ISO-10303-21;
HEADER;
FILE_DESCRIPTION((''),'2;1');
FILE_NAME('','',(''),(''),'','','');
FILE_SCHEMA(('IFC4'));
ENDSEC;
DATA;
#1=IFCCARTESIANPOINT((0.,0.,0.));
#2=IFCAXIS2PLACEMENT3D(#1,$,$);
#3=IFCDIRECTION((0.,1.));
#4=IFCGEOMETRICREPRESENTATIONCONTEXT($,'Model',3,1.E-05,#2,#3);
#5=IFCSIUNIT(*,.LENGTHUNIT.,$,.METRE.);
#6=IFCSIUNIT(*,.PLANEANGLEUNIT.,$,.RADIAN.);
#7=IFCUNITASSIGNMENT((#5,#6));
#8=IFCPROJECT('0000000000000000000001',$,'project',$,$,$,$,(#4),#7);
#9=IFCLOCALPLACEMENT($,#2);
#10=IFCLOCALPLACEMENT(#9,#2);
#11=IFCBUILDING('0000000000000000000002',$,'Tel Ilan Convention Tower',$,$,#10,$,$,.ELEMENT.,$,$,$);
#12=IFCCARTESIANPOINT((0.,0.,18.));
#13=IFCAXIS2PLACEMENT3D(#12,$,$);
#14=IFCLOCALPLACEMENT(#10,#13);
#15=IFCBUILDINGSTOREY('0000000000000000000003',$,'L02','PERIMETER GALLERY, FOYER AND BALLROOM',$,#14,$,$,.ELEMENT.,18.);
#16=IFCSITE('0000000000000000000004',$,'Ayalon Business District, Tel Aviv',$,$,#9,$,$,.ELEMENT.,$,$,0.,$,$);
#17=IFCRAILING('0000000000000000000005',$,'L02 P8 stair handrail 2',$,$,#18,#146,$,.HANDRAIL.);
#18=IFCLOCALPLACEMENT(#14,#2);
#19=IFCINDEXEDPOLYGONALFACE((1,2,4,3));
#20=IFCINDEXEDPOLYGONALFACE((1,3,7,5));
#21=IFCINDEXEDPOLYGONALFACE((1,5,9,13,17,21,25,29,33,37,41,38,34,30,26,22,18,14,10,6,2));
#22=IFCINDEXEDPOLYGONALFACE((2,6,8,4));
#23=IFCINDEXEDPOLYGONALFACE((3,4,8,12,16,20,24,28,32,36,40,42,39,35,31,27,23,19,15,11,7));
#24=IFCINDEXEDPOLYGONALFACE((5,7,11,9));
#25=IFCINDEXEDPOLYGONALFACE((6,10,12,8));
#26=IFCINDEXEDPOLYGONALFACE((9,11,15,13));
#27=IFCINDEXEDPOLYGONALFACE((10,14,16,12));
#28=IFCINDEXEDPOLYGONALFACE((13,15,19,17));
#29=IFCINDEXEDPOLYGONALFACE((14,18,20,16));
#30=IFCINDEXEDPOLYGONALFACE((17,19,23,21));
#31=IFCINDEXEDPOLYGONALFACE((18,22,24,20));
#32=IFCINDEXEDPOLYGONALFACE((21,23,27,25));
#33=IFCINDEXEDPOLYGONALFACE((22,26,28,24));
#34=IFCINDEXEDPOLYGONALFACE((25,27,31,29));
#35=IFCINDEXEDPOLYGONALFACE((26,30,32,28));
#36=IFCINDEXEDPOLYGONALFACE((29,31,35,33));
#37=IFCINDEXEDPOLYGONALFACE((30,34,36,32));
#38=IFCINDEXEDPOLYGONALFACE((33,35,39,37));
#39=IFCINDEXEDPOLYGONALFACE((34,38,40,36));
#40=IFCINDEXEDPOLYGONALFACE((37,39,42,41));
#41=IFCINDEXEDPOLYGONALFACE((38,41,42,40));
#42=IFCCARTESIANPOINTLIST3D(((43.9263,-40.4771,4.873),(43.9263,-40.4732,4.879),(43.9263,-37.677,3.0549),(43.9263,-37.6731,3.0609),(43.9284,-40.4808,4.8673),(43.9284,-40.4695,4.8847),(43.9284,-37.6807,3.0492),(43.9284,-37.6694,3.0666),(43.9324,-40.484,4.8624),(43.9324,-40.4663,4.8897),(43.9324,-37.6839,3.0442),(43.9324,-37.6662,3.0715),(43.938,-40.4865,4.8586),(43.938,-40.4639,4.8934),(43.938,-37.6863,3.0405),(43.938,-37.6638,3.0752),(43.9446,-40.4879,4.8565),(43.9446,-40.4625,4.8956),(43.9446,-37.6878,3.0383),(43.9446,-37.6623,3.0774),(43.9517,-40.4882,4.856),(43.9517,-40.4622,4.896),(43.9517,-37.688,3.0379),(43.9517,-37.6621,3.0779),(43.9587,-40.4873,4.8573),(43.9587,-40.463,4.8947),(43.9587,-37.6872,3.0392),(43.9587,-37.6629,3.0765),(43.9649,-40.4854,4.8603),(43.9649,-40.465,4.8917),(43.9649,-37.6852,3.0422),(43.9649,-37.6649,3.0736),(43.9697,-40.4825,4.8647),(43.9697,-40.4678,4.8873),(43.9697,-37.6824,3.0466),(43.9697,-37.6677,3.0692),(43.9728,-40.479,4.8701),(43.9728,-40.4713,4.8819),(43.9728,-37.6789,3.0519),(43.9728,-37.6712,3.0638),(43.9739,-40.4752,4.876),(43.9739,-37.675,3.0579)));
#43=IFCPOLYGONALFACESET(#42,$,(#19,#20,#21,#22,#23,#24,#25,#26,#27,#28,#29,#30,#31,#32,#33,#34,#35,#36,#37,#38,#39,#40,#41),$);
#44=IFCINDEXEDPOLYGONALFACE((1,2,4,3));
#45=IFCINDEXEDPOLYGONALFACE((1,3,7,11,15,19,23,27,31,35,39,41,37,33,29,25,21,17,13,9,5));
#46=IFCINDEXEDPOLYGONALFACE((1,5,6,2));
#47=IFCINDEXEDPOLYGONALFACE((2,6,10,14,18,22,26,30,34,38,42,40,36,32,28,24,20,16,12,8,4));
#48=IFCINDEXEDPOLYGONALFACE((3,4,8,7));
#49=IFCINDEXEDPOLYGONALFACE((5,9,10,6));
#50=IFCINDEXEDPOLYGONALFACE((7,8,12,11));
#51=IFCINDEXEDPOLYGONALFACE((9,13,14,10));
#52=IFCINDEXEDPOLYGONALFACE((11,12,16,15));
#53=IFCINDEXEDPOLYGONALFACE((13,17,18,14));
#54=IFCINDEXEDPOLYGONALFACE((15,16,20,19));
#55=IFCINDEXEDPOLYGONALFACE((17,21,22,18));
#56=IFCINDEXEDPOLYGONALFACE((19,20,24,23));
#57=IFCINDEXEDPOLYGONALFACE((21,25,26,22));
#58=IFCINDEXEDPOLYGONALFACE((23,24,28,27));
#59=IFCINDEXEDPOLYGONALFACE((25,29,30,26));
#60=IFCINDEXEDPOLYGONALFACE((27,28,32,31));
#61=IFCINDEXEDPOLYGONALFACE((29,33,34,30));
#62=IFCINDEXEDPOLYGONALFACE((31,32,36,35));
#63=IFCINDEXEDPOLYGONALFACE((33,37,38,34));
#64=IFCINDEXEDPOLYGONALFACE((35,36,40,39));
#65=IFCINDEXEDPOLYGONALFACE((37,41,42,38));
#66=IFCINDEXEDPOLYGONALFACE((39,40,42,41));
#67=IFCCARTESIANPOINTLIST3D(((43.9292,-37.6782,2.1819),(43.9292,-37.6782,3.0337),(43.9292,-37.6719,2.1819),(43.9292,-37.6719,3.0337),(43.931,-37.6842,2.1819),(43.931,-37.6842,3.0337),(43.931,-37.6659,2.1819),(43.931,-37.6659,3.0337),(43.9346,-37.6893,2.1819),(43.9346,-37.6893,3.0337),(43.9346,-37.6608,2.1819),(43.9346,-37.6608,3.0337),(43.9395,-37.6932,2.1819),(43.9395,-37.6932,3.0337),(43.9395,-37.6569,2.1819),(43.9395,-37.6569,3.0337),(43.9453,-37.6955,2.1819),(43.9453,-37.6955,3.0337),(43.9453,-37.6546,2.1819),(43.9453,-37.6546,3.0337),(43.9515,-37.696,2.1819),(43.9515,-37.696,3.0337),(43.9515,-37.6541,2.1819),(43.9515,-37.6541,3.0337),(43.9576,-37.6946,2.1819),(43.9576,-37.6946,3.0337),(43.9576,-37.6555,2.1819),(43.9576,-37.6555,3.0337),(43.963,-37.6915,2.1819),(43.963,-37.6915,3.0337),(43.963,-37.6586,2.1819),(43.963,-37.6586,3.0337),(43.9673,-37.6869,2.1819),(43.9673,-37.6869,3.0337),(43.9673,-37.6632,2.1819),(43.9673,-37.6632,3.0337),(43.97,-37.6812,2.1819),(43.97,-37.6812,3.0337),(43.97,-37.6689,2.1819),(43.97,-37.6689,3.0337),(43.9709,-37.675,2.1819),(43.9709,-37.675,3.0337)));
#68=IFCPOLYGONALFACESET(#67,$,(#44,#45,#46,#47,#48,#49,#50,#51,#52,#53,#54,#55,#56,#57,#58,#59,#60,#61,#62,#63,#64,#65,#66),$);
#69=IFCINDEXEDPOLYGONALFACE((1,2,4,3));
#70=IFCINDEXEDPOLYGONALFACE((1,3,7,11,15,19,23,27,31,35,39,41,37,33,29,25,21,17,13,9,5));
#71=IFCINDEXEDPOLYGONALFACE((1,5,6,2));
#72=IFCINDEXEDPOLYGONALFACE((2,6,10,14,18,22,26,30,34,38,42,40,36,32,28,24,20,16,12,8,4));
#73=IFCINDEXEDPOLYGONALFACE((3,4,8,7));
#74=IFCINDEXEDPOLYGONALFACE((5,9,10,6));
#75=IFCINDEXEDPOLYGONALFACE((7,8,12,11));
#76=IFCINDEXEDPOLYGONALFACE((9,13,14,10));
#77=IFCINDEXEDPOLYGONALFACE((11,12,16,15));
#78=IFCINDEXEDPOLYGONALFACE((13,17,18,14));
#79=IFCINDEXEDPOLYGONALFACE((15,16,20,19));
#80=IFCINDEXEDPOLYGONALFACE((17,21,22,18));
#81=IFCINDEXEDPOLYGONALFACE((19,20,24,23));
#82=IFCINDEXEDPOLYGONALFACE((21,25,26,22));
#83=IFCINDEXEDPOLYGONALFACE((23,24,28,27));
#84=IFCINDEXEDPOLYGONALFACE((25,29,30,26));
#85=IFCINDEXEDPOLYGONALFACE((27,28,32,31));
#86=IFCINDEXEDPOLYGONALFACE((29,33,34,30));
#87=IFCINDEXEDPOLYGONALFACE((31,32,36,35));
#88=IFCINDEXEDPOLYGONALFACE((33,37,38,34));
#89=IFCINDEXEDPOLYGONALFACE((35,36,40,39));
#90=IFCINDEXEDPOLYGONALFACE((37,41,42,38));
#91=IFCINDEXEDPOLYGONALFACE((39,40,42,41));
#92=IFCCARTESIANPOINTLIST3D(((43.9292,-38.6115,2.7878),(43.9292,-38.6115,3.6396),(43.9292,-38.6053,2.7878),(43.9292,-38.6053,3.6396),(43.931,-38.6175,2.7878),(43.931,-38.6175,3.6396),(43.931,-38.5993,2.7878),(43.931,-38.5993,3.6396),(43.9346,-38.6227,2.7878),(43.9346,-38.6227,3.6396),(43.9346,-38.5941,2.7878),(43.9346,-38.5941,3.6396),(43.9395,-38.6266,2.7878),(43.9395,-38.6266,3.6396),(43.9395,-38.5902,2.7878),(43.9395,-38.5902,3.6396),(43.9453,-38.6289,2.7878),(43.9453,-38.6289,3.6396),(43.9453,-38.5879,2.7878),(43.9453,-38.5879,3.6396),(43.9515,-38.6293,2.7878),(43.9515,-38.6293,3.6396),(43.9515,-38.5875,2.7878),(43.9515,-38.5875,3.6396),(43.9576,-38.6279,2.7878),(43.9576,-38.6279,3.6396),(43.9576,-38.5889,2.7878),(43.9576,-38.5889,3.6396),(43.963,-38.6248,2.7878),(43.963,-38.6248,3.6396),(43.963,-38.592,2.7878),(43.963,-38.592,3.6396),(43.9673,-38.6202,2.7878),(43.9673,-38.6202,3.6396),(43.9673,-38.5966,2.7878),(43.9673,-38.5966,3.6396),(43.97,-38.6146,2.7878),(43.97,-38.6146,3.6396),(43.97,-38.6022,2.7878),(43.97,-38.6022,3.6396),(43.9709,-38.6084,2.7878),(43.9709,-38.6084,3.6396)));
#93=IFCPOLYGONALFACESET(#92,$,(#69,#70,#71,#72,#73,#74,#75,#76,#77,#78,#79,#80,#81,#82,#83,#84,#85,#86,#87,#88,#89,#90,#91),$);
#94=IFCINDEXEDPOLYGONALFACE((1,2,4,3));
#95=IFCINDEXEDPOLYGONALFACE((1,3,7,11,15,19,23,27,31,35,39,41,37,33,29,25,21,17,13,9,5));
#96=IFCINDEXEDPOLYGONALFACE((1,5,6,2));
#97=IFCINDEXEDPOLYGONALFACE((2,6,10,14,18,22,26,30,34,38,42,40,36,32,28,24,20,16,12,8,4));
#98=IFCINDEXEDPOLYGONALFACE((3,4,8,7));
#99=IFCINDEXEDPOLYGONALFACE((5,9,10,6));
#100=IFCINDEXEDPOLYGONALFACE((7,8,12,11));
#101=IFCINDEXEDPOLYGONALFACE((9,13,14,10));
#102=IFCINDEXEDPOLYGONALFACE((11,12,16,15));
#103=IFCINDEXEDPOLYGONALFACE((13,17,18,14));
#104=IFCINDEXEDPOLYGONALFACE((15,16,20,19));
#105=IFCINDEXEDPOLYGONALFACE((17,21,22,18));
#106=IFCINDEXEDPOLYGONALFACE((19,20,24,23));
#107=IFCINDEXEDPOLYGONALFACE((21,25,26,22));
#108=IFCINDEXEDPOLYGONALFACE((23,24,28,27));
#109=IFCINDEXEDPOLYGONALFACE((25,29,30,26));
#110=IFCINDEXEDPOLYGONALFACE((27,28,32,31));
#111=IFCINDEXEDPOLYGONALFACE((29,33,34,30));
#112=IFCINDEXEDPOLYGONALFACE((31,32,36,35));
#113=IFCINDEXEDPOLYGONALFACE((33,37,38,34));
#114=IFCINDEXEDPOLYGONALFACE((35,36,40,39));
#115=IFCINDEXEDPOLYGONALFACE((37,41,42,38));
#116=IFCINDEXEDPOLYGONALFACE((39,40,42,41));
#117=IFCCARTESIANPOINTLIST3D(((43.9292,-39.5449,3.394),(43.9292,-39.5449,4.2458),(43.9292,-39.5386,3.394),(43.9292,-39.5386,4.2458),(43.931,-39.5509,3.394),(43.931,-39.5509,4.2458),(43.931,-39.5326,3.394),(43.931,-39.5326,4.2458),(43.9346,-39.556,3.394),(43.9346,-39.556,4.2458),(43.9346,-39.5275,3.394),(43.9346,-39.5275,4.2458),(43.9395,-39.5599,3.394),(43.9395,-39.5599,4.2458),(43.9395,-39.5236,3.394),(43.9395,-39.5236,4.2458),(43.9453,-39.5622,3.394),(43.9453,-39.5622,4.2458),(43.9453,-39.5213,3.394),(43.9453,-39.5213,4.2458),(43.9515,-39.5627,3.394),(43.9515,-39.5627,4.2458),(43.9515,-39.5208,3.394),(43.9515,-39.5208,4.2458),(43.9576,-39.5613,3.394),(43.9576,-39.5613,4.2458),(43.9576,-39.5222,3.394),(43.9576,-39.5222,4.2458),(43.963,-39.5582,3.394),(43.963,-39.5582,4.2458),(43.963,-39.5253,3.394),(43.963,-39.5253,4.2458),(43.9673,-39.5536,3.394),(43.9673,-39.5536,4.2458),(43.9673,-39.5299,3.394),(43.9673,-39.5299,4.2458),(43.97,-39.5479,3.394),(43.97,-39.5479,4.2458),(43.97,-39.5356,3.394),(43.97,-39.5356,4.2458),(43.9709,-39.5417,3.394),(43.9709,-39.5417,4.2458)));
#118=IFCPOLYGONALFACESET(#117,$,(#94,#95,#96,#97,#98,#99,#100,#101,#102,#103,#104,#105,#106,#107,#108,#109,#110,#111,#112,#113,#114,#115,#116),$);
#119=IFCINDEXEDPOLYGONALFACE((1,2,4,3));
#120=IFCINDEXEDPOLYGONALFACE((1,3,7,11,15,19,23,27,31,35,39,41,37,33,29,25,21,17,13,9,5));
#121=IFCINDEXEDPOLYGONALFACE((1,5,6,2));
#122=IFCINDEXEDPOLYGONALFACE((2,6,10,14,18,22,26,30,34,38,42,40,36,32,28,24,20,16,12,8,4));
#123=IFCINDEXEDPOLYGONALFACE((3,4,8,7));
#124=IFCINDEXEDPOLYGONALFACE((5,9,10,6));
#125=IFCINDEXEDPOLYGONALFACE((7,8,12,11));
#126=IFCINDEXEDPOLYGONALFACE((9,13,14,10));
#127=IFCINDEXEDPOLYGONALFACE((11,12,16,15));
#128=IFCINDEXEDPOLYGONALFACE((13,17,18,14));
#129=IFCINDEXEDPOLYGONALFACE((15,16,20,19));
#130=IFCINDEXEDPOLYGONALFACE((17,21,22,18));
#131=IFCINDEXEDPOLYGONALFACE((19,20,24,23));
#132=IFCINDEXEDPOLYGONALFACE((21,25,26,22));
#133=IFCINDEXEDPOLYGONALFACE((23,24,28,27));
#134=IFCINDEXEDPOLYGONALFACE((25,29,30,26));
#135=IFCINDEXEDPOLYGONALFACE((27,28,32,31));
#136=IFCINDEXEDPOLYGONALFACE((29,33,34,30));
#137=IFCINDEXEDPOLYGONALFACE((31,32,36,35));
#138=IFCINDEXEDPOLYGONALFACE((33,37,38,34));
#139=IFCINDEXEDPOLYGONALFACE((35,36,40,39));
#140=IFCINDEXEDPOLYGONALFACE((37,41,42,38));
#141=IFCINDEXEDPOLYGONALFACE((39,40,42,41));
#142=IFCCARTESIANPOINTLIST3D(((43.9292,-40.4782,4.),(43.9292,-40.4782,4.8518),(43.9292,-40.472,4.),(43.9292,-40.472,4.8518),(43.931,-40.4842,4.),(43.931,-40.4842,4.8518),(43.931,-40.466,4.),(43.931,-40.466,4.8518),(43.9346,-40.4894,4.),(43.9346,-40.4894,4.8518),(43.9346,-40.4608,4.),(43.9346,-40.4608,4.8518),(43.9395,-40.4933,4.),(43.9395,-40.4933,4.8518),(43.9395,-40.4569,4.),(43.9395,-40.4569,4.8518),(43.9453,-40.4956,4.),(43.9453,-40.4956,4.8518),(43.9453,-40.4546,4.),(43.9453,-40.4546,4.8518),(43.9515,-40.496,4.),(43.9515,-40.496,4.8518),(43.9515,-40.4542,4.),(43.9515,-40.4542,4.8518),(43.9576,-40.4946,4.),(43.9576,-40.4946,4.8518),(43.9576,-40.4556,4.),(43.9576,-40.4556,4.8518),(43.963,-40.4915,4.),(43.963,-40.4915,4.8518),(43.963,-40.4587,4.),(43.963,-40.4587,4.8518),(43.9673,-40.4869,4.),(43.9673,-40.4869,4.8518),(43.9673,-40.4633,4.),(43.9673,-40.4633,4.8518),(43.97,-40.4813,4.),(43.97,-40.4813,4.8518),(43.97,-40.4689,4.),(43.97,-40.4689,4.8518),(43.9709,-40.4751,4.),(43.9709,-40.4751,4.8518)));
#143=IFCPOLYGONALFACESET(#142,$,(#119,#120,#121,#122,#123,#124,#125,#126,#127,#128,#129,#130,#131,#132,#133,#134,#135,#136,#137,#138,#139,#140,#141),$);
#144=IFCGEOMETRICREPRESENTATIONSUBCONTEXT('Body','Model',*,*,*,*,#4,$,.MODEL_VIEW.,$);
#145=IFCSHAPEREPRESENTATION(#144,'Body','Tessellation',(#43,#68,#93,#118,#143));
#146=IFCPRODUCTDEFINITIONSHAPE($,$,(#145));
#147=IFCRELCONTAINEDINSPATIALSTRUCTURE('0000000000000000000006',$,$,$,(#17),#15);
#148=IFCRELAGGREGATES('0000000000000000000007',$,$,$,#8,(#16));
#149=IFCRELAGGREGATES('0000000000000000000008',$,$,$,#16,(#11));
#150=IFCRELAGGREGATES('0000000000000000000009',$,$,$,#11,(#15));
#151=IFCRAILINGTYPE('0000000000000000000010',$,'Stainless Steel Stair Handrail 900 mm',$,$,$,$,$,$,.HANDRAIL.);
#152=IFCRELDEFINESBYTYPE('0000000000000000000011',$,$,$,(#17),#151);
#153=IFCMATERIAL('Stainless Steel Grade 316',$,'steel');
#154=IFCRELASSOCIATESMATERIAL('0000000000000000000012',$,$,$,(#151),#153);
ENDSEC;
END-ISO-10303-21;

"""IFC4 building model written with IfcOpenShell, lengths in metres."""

from ifc_helpers import new_model, si_unit, direction, frame, origin, origin_2d, place, context, subcontext, project, spatial, circle, extrude, material, type_object, element, save


model = new_model("IFC4")

# Units and contexts
model_context = context("Model", 3, precision=1e-05, world=origin(), true_north=direction((0.0, 1.0)))
body_context = subcontext(model_context, "Body", "Model", "MODEL_VIEW")
ifc_project = project(units=[si_unit("LENGTHUNIT", "METRE"), si_unit("PLANEANGLEUNIT", "RADIAN")], contexts=[model_context])

# Site, building, storey
site_placement = place(None, origin())
site = spatial("IfcSite", under=ifc_project, at=site_placement, Name="Ayalon Business District, Tel Aviv", CompositionType="ELEMENT", RefElevation=0.0)
building_placement = place(site_placement, origin())
building = spatial("IfcBuilding", under=site, at=building_placement, Name="Tel Ilan Convention Tower", CompositionType="ELEMENT")
storey_placement = place(building_placement, frame((0.0, 0.0, 18.0)))
storey = spatial("IfcBuildingStorey", under=building, at=storey_placement, Name="L02", Description="PERIMETER GALLERY, FOYER AND BALLROOM", CompositionType="ELEMENT", Elevation=18.0)

# Railing
ifc_material_1 = material(Name="Stainless Steel Grade 316", Category="steel")
railing_type_1 = type_object("IfcRailingType", Name="Stainless Steel Stair Handrail 900 mm", PredefinedType="HANDRAIL", material=ifc_material_1)
railing_1_placement = place(storey_placement, frame((43.95, -37.675, 2.1819)))
element("IfcRailing", 1, at=railing_1_placement, inside=storey, type_object=railing_type_1, Name="L02 P8 stair handrail 2", PredefinedType="HANDRAIL", context=body_context, shape_type="SweptSolid", body=[
    extrude(circle(Radius=0.0239, at=origin_2d()), frame((0.0, 0.0, 0.876), z_axis=(0.0, -0.838706, 0.544585), x_axis=(1.0, 0.0, 0.0)), (0.0, 0.0, 1.0), 3.3386),
    extrude(circle(Radius=0.021, at=origin_2d()), origin(), (0.0, 0.0, 1.0), 0.8518),
    extrude(circle(Radius=0.021, at=origin_2d()), frame((0.0, -0.9333, 0.606)), (0.0, 0.0, 1.0), 0.8518),
    extrude(circle(Radius=0.021, at=origin_2d()), frame((0.0, -1.8667, 1.2122)), (0.0, 0.0, 1.0), 0.8518),
    extrude(circle(Radius=0.021, at=origin_2d()), frame((0.0, -2.8, 1.8181)), (0.0, 0.0, 1.0), 0.8518),
])

save(model, "model.ifc")
